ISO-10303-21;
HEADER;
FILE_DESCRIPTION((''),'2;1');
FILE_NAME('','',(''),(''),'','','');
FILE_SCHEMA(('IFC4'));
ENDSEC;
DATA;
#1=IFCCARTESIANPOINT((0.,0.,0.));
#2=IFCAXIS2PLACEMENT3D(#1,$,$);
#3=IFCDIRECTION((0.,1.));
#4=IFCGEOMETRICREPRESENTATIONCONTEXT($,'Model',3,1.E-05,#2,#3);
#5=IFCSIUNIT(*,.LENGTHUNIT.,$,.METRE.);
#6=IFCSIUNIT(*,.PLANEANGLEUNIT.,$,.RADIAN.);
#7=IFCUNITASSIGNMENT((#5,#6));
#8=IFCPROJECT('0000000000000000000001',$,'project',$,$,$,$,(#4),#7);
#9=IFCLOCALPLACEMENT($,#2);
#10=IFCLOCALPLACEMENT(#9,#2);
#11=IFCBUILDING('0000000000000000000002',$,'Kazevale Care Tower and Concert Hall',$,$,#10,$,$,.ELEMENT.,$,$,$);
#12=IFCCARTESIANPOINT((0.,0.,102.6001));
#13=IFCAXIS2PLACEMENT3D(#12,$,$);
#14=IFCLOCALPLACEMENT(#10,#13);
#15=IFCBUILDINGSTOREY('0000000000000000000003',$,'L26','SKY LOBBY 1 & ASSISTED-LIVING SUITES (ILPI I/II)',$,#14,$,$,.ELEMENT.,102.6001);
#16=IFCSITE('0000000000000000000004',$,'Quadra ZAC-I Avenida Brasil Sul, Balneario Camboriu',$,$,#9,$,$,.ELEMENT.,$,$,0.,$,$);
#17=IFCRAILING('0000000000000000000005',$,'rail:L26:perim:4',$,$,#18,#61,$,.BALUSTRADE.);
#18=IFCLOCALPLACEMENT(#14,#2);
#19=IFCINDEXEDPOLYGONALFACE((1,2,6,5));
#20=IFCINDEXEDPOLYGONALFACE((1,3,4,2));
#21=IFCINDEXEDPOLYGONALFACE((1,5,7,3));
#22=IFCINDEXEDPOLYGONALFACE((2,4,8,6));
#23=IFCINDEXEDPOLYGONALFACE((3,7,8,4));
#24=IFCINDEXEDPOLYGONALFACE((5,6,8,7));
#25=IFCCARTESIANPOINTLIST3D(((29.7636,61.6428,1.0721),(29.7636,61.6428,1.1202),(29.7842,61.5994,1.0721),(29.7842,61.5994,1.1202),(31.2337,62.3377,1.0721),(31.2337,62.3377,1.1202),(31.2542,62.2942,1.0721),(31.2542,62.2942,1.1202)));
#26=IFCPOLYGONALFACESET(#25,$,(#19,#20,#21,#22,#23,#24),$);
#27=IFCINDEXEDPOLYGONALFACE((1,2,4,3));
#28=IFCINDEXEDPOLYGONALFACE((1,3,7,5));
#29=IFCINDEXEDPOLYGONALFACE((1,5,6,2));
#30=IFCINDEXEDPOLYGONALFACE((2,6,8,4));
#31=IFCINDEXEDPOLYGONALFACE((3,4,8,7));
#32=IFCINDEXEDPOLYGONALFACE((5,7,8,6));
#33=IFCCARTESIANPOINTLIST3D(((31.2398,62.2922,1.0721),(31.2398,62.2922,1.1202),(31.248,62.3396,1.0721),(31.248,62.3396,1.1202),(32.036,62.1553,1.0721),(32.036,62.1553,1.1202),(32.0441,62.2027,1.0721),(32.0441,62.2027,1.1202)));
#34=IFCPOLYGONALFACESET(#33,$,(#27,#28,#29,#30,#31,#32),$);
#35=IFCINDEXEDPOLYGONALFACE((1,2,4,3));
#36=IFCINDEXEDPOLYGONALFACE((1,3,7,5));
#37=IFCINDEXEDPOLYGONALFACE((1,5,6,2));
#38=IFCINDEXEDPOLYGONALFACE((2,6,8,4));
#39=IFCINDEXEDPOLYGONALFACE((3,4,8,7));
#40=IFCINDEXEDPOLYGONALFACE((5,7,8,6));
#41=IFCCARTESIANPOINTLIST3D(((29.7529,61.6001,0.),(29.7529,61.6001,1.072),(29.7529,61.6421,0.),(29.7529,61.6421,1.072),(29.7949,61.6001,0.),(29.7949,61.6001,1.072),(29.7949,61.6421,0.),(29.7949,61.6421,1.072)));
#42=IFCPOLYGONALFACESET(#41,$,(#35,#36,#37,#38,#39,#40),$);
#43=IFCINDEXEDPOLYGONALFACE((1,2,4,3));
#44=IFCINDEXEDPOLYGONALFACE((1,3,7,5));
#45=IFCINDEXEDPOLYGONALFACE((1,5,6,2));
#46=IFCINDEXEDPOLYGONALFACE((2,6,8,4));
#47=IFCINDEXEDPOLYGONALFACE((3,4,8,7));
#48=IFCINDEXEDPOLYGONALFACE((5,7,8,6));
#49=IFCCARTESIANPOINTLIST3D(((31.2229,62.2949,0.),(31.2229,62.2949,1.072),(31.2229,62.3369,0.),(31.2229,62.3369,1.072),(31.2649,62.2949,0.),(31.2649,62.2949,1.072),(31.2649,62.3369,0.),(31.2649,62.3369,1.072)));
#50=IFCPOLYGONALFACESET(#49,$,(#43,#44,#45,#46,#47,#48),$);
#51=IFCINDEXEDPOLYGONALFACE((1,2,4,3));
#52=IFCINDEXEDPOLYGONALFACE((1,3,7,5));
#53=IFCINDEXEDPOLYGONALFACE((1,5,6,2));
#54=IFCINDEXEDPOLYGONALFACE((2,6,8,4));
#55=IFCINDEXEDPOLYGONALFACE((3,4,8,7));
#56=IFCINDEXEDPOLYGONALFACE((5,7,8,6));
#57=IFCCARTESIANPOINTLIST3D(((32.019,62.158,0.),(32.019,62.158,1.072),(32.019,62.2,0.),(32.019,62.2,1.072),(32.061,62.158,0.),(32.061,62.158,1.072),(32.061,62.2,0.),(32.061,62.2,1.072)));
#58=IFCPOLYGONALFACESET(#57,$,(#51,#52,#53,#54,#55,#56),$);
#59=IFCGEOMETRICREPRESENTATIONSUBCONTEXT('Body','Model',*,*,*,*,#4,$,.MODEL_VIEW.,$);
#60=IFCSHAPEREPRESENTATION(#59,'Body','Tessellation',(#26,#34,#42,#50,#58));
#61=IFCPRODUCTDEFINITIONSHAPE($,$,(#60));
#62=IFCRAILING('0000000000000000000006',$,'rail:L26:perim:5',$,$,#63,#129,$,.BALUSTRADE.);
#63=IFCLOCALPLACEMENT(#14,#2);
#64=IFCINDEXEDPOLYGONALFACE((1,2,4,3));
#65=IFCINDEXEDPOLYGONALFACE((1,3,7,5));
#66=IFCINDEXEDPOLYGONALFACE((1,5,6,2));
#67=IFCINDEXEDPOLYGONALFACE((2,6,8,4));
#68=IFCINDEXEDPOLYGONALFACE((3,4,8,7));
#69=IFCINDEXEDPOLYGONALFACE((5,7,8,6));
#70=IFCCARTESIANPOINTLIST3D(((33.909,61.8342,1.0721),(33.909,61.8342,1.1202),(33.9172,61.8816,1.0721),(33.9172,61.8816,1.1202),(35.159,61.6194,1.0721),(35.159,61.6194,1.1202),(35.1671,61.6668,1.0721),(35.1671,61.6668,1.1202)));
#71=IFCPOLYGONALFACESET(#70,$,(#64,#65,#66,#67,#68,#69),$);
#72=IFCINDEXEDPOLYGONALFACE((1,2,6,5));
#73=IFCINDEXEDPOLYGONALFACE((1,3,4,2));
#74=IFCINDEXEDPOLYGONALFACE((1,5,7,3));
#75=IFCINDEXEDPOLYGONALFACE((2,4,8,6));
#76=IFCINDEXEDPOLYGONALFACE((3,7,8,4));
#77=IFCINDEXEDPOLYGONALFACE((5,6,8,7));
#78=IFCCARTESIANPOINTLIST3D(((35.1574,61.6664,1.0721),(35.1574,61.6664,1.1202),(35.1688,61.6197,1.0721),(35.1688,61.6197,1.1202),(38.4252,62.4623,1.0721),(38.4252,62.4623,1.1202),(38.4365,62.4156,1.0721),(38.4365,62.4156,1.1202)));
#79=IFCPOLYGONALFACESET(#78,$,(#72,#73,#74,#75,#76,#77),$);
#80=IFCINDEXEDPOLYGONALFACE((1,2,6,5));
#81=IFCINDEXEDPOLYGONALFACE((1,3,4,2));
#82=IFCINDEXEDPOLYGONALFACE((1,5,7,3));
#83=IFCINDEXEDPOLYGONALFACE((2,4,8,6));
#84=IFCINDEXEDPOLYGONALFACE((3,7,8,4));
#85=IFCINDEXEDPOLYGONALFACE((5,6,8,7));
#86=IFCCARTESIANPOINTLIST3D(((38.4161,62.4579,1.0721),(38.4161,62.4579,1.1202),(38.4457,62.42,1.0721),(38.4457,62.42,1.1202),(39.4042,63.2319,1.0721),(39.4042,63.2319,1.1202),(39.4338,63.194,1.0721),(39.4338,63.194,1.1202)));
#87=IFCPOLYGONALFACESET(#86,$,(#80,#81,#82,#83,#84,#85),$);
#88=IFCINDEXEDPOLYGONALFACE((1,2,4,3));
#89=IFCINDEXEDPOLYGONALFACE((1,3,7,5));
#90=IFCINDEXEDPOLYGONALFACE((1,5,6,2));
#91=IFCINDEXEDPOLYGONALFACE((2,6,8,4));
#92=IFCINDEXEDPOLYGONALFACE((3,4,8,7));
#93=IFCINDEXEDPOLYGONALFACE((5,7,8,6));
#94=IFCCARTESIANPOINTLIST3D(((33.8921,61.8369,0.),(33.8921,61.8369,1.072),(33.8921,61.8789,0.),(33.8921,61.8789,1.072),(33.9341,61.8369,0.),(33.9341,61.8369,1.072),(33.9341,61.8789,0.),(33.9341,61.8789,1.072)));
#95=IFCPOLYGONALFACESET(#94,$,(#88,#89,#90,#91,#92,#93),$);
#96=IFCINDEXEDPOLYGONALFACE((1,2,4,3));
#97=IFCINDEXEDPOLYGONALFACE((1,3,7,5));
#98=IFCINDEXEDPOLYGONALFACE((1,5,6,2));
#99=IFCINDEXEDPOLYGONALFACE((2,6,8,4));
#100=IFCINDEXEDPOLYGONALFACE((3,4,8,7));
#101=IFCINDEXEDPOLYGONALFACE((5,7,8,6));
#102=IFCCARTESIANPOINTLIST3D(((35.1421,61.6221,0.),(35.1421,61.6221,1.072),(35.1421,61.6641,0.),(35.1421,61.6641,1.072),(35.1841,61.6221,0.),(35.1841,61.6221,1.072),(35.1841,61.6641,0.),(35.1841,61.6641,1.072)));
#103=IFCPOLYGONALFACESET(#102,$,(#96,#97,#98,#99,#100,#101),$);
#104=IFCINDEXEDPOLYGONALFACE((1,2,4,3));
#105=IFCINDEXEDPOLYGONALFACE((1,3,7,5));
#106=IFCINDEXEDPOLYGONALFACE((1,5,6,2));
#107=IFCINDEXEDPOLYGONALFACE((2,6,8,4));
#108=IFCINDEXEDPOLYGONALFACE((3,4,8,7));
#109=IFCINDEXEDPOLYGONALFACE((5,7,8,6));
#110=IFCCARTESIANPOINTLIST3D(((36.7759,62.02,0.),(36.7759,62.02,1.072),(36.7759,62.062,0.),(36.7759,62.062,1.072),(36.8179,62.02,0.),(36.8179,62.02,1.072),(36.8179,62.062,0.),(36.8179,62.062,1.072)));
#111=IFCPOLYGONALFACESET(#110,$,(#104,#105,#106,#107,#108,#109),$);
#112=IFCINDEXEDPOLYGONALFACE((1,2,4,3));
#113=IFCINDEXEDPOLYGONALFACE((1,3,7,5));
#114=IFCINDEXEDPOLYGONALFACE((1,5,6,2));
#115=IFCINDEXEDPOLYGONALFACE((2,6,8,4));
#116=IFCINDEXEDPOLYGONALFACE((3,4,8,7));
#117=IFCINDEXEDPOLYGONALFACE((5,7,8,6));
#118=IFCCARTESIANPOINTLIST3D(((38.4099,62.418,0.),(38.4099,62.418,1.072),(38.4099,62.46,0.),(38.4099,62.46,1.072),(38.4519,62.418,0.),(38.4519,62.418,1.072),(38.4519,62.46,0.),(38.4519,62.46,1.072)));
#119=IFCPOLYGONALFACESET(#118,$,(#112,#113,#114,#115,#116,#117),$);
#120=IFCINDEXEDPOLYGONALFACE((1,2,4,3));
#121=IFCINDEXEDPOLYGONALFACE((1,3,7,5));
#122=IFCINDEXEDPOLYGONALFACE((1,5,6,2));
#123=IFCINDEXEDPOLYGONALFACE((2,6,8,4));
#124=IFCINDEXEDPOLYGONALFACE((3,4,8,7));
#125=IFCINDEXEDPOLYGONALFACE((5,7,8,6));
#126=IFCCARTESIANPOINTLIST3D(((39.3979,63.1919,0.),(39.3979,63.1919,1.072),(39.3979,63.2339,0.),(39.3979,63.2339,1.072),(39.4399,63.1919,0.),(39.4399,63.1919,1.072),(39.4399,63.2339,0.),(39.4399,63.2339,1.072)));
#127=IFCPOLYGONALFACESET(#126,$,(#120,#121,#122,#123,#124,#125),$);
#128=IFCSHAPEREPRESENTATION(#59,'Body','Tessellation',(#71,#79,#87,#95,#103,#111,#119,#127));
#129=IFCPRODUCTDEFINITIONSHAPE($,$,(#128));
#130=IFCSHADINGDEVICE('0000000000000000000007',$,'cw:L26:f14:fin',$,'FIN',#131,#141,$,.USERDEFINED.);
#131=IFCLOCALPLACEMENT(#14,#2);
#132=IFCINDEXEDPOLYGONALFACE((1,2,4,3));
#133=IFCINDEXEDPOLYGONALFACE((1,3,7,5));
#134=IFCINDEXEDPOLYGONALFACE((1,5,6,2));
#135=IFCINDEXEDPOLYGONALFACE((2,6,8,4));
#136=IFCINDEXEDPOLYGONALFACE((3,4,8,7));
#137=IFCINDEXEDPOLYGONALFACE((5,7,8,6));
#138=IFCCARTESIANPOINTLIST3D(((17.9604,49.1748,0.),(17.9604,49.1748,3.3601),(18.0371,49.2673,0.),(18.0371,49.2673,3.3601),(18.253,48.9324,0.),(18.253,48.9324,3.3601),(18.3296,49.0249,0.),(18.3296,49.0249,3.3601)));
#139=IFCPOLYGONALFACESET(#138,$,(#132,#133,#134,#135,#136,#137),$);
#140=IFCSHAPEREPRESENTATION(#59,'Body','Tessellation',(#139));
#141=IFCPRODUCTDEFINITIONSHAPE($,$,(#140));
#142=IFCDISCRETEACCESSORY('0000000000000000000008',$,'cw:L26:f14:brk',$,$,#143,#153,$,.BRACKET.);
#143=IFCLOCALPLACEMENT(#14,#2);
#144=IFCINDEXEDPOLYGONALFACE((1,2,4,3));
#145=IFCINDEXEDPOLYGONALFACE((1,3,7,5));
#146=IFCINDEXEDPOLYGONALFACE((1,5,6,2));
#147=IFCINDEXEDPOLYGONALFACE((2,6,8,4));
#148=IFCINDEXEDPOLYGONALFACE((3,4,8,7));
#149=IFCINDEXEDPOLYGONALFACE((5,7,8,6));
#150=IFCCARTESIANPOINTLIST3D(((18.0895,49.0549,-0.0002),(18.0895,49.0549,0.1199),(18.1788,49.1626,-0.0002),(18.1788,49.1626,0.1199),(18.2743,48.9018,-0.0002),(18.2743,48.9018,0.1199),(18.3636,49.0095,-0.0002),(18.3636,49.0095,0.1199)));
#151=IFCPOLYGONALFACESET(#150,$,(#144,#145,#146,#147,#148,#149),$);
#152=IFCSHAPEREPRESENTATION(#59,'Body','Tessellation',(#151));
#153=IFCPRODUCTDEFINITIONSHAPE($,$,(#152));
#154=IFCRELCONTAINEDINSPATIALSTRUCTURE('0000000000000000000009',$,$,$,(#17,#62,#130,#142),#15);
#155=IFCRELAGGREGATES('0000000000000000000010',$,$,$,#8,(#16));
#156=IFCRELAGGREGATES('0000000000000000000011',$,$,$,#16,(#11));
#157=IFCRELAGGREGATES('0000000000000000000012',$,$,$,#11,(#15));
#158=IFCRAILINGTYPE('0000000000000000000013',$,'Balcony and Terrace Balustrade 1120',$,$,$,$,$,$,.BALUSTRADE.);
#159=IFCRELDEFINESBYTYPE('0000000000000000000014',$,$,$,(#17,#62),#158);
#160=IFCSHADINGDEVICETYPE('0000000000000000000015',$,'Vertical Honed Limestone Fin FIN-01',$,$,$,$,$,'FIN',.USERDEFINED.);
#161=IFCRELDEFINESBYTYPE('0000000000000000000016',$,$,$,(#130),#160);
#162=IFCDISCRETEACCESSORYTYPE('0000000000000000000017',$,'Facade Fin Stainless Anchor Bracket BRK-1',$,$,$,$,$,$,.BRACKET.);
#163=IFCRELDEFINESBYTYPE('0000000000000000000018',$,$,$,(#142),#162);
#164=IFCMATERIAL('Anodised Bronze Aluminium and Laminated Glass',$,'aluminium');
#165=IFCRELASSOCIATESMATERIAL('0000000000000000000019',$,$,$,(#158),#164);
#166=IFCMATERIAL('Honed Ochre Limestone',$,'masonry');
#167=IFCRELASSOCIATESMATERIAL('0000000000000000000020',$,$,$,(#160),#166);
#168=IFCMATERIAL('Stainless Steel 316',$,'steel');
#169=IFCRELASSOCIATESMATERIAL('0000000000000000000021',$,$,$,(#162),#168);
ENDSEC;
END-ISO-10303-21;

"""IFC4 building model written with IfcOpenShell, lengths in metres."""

from ifc_helpers import new_model, si_unit, direction, frame, origin, origin_2d, place, context, subcontext, project, spatial, rectangle, extrude, material, type_object, element, save


model = new_model("IFC4")

# Units and contexts
model_context = context("Model", 3, precision=1e-05, world=origin(), true_north=direction((0.0, 1.0)))
body_context = subcontext(model_context, "Body", "Model", "MODEL_VIEW")
ifc_project = project(units=[si_unit("LENGTHUNIT", "METRE"), si_unit("PLANEANGLEUNIT", "RADIAN")], contexts=[model_context])

# Site, building, storey
site_placement = place(None, origin())
site = spatial("IfcSite", under=ifc_project, at=site_placement, Name="Quadra ZAC-I Avenida Brasil Sul, Balneario Camboriu", CompositionType="ELEMENT", RefElevation=0.0)
building_placement = place(site_placement, origin())
building = spatial("IfcBuilding", under=site, at=building_placement, Name="Kazevale Care Tower and Concert Hall", CompositionType="ELEMENT")
storey_placement = place(building_placement, frame((0.0, 0.0, 102.6001)))
storey = spatial("IfcBuildingStorey", under=building, at=storey_placement, Name="L26", Description="SKY LOBBY 1 & ASSISTED-LIVING SUITES (ILPI I/II)", CompositionType="ELEMENT", Elevation=102.6001)

# Railings
ifc_material_1 = material(Name="Anodised Bronze Aluminium and Laminated Glass", Category="aluminium")
railing_type = type_object("IfcRailingType", Name="Balcony and Terrace Balustrade 1120", PredefinedType="BALUSTRADE", material=ifc_material_1)
railing_1_placement = place(storey_placement, frame((29.7739, 61.6211, 0.0)))
element("IfcRailing", 1, at=railing_1_placement, inside=storey, type_object=railing_type, Name="rail:L26:perim:4", PredefinedType="BALUSTRADE", context=body_context, shape_type="SweptSolid", body=[
    extrude(rectangle(XDim=0.0481, YDim=0.0481, at=origin_2d()), frame((0.0, 0.0, 1.0962), z_axis=(0.904089, 0.427344, 0.0), x_axis=(-0.427344, 0.904089, 0.0)), (0.0, 0.0, 1.0), 1.626),
    extrude(rectangle(XDim=0.0481, YDim=0.0481, at=origin_2d()), frame((1.47, 0.6948, 1.0962), z_axis=(0.985523, -0.169543, 0.0), x_axis=(0.169543, 0.985523, 0.0)), (0.0, 0.0, 1.0), 0.8079),
    extrude(rectangle(XDim=0.042, YDim=0.042, at=origin_2d()), origin(), (0.0, 0.0, 1.0), 1.072),
    extrude(rectangle(XDim=0.042, YDim=0.042, at=origin_2d()), frame((1.47, 0.6948, 0.0)), (0.0, 0.0, 1.0), 1.072),
    extrude(rectangle(XDim=0.042, YDim=0.042, at=origin_2d()), frame((2.2661, 0.5579, 0.0)), (0.0, 0.0, 1.0), 1.072),
])
railing_2_placement = place(storey_placement, frame((33.9131, 61.8579, 0.0)))
element("IfcRailing", 2, at=railing_2_placement, inside=storey, type_object=railing_type, Name="rail:L26:perim:5", PredefinedType="BALUSTRADE", context=body_context, shape_type="SweptSolid", body=[
    extrude(rectangle(XDim=0.0481, YDim=0.0481, at=origin_2d()), frame((0.0, 0.0, 1.0962), z_axis=(0.985549, -0.169391, 0.0), x_axis=(0.169391, 0.985549, 0.0)), (0.0, 0.0, 1.0), 1.2683),
    extrude(rectangle(XDim=0.0481, YDim=0.0481, at=origin_2d()), frame((1.25, -0.2148, 1.0962), z_axis=(0.971598, 0.236639, 0.0), x_axis=(-0.236639, 0.971598, 0.0)), (0.0, 0.0, 1.0), 3.3633),
    extrude(rectangle(XDim=0.0481, YDim=0.0481, at=origin_2d()), frame((4.5178, 0.5811, 1.0962), z_axis=(0.787242, 0.616644, 0.0), x_axis=(-0.616644, 0.787242, 0.0)), (0.0, 0.0, 1.0), 1.2551),
    extrude(rectangle(XDim=0.042, YDim=0.042, at=origin_2d()), origin(), (0.0, 0.0, 1.0), 1.072),
    extrude(rectangle(XDim=0.042, YDim=0.042, at=origin_2d()), frame((1.25, -0.2148, 0.0)), (0.0, 0.0, 1.0), 1.072),
    extrude(rectangle(XDim=0.042, YDim=0.042, at=origin_2d()), frame((2.8838, 0.1831, 0.0)), (0.0, 0.0, 1.0), 1.072),
    extrude(rectangle(XDim=0.042, YDim=0.042, at=origin_2d()), frame((4.5178, 0.5811, 0.0)), (0.0, 0.0, 1.0), 1.072),
    extrude(rectangle(XDim=0.042, YDim=0.042, at=origin_2d()), frame((5.5059, 1.355, 0.0)), (0.0, 0.0, 1.0), 1.072),
])

# Shading device
ifc_material_2 = material(Name="Honed Ochre Limestone", Category="masonry")
shading_device_type = type_object("IfcShadingDeviceType", Name="Vertical Honed Limestone Fin FIN-01", ElementType="FIN", PredefinedType="USERDEFINED", material=ifc_material_2)
shading_device_placement = place(storey_placement, frame((18.145, 49.0999, 0.0), z_axis=(0.0, 0.0, 1.0), x_axis=(-0.770068, 0.637962, 0.0)))
element("IfcShadingDevice", 3, at=shading_device_placement, inside=storey, type_object=shading_device_type, Name="cw:L26:f14:fin", ObjectType="FIN", PredefinedType="USERDEFINED", context=body_context, shape_type="SweptSolid", body=[
    extrude(rectangle(XDim=0.3799, YDim=0.1201, at=origin_2d()), origin(), (0.0, 0.0, 1.0), 3.3601),
])

# Discrete accessory
ifc_material_3 = material(Name="Stainless Steel 316", Category="steel")
discrete_accessory_type = type_object("IfcDiscreteAccessoryType", Name="Facade Fin Stainless Anchor Bracket BRK-1", PredefinedType="BRACKET", material=ifc_material_3)
discrete_accessory_placement = place(storey_placement, frame((18.2266, 49.0322, -0.0002), z_axis=(0.0, 0.0, 1.0), x_axis=(-0.770068, 0.637962, 0.0)))
element("IfcDiscreteAccessory", 4, at=discrete_accessory_placement, inside=storey, type_object=discrete_accessory_type, Name="cw:L26:f14:brk", PredefinedType="BRACKET", context=body_context, shape_type="SweptSolid", body=[
    extrude(rectangle(XDim=0.24, YDim=0.1399, at=origin_2d()), origin(), (0.0, 0.0, 1.0), 0.1201),
])

save(model, "model.ifc")
